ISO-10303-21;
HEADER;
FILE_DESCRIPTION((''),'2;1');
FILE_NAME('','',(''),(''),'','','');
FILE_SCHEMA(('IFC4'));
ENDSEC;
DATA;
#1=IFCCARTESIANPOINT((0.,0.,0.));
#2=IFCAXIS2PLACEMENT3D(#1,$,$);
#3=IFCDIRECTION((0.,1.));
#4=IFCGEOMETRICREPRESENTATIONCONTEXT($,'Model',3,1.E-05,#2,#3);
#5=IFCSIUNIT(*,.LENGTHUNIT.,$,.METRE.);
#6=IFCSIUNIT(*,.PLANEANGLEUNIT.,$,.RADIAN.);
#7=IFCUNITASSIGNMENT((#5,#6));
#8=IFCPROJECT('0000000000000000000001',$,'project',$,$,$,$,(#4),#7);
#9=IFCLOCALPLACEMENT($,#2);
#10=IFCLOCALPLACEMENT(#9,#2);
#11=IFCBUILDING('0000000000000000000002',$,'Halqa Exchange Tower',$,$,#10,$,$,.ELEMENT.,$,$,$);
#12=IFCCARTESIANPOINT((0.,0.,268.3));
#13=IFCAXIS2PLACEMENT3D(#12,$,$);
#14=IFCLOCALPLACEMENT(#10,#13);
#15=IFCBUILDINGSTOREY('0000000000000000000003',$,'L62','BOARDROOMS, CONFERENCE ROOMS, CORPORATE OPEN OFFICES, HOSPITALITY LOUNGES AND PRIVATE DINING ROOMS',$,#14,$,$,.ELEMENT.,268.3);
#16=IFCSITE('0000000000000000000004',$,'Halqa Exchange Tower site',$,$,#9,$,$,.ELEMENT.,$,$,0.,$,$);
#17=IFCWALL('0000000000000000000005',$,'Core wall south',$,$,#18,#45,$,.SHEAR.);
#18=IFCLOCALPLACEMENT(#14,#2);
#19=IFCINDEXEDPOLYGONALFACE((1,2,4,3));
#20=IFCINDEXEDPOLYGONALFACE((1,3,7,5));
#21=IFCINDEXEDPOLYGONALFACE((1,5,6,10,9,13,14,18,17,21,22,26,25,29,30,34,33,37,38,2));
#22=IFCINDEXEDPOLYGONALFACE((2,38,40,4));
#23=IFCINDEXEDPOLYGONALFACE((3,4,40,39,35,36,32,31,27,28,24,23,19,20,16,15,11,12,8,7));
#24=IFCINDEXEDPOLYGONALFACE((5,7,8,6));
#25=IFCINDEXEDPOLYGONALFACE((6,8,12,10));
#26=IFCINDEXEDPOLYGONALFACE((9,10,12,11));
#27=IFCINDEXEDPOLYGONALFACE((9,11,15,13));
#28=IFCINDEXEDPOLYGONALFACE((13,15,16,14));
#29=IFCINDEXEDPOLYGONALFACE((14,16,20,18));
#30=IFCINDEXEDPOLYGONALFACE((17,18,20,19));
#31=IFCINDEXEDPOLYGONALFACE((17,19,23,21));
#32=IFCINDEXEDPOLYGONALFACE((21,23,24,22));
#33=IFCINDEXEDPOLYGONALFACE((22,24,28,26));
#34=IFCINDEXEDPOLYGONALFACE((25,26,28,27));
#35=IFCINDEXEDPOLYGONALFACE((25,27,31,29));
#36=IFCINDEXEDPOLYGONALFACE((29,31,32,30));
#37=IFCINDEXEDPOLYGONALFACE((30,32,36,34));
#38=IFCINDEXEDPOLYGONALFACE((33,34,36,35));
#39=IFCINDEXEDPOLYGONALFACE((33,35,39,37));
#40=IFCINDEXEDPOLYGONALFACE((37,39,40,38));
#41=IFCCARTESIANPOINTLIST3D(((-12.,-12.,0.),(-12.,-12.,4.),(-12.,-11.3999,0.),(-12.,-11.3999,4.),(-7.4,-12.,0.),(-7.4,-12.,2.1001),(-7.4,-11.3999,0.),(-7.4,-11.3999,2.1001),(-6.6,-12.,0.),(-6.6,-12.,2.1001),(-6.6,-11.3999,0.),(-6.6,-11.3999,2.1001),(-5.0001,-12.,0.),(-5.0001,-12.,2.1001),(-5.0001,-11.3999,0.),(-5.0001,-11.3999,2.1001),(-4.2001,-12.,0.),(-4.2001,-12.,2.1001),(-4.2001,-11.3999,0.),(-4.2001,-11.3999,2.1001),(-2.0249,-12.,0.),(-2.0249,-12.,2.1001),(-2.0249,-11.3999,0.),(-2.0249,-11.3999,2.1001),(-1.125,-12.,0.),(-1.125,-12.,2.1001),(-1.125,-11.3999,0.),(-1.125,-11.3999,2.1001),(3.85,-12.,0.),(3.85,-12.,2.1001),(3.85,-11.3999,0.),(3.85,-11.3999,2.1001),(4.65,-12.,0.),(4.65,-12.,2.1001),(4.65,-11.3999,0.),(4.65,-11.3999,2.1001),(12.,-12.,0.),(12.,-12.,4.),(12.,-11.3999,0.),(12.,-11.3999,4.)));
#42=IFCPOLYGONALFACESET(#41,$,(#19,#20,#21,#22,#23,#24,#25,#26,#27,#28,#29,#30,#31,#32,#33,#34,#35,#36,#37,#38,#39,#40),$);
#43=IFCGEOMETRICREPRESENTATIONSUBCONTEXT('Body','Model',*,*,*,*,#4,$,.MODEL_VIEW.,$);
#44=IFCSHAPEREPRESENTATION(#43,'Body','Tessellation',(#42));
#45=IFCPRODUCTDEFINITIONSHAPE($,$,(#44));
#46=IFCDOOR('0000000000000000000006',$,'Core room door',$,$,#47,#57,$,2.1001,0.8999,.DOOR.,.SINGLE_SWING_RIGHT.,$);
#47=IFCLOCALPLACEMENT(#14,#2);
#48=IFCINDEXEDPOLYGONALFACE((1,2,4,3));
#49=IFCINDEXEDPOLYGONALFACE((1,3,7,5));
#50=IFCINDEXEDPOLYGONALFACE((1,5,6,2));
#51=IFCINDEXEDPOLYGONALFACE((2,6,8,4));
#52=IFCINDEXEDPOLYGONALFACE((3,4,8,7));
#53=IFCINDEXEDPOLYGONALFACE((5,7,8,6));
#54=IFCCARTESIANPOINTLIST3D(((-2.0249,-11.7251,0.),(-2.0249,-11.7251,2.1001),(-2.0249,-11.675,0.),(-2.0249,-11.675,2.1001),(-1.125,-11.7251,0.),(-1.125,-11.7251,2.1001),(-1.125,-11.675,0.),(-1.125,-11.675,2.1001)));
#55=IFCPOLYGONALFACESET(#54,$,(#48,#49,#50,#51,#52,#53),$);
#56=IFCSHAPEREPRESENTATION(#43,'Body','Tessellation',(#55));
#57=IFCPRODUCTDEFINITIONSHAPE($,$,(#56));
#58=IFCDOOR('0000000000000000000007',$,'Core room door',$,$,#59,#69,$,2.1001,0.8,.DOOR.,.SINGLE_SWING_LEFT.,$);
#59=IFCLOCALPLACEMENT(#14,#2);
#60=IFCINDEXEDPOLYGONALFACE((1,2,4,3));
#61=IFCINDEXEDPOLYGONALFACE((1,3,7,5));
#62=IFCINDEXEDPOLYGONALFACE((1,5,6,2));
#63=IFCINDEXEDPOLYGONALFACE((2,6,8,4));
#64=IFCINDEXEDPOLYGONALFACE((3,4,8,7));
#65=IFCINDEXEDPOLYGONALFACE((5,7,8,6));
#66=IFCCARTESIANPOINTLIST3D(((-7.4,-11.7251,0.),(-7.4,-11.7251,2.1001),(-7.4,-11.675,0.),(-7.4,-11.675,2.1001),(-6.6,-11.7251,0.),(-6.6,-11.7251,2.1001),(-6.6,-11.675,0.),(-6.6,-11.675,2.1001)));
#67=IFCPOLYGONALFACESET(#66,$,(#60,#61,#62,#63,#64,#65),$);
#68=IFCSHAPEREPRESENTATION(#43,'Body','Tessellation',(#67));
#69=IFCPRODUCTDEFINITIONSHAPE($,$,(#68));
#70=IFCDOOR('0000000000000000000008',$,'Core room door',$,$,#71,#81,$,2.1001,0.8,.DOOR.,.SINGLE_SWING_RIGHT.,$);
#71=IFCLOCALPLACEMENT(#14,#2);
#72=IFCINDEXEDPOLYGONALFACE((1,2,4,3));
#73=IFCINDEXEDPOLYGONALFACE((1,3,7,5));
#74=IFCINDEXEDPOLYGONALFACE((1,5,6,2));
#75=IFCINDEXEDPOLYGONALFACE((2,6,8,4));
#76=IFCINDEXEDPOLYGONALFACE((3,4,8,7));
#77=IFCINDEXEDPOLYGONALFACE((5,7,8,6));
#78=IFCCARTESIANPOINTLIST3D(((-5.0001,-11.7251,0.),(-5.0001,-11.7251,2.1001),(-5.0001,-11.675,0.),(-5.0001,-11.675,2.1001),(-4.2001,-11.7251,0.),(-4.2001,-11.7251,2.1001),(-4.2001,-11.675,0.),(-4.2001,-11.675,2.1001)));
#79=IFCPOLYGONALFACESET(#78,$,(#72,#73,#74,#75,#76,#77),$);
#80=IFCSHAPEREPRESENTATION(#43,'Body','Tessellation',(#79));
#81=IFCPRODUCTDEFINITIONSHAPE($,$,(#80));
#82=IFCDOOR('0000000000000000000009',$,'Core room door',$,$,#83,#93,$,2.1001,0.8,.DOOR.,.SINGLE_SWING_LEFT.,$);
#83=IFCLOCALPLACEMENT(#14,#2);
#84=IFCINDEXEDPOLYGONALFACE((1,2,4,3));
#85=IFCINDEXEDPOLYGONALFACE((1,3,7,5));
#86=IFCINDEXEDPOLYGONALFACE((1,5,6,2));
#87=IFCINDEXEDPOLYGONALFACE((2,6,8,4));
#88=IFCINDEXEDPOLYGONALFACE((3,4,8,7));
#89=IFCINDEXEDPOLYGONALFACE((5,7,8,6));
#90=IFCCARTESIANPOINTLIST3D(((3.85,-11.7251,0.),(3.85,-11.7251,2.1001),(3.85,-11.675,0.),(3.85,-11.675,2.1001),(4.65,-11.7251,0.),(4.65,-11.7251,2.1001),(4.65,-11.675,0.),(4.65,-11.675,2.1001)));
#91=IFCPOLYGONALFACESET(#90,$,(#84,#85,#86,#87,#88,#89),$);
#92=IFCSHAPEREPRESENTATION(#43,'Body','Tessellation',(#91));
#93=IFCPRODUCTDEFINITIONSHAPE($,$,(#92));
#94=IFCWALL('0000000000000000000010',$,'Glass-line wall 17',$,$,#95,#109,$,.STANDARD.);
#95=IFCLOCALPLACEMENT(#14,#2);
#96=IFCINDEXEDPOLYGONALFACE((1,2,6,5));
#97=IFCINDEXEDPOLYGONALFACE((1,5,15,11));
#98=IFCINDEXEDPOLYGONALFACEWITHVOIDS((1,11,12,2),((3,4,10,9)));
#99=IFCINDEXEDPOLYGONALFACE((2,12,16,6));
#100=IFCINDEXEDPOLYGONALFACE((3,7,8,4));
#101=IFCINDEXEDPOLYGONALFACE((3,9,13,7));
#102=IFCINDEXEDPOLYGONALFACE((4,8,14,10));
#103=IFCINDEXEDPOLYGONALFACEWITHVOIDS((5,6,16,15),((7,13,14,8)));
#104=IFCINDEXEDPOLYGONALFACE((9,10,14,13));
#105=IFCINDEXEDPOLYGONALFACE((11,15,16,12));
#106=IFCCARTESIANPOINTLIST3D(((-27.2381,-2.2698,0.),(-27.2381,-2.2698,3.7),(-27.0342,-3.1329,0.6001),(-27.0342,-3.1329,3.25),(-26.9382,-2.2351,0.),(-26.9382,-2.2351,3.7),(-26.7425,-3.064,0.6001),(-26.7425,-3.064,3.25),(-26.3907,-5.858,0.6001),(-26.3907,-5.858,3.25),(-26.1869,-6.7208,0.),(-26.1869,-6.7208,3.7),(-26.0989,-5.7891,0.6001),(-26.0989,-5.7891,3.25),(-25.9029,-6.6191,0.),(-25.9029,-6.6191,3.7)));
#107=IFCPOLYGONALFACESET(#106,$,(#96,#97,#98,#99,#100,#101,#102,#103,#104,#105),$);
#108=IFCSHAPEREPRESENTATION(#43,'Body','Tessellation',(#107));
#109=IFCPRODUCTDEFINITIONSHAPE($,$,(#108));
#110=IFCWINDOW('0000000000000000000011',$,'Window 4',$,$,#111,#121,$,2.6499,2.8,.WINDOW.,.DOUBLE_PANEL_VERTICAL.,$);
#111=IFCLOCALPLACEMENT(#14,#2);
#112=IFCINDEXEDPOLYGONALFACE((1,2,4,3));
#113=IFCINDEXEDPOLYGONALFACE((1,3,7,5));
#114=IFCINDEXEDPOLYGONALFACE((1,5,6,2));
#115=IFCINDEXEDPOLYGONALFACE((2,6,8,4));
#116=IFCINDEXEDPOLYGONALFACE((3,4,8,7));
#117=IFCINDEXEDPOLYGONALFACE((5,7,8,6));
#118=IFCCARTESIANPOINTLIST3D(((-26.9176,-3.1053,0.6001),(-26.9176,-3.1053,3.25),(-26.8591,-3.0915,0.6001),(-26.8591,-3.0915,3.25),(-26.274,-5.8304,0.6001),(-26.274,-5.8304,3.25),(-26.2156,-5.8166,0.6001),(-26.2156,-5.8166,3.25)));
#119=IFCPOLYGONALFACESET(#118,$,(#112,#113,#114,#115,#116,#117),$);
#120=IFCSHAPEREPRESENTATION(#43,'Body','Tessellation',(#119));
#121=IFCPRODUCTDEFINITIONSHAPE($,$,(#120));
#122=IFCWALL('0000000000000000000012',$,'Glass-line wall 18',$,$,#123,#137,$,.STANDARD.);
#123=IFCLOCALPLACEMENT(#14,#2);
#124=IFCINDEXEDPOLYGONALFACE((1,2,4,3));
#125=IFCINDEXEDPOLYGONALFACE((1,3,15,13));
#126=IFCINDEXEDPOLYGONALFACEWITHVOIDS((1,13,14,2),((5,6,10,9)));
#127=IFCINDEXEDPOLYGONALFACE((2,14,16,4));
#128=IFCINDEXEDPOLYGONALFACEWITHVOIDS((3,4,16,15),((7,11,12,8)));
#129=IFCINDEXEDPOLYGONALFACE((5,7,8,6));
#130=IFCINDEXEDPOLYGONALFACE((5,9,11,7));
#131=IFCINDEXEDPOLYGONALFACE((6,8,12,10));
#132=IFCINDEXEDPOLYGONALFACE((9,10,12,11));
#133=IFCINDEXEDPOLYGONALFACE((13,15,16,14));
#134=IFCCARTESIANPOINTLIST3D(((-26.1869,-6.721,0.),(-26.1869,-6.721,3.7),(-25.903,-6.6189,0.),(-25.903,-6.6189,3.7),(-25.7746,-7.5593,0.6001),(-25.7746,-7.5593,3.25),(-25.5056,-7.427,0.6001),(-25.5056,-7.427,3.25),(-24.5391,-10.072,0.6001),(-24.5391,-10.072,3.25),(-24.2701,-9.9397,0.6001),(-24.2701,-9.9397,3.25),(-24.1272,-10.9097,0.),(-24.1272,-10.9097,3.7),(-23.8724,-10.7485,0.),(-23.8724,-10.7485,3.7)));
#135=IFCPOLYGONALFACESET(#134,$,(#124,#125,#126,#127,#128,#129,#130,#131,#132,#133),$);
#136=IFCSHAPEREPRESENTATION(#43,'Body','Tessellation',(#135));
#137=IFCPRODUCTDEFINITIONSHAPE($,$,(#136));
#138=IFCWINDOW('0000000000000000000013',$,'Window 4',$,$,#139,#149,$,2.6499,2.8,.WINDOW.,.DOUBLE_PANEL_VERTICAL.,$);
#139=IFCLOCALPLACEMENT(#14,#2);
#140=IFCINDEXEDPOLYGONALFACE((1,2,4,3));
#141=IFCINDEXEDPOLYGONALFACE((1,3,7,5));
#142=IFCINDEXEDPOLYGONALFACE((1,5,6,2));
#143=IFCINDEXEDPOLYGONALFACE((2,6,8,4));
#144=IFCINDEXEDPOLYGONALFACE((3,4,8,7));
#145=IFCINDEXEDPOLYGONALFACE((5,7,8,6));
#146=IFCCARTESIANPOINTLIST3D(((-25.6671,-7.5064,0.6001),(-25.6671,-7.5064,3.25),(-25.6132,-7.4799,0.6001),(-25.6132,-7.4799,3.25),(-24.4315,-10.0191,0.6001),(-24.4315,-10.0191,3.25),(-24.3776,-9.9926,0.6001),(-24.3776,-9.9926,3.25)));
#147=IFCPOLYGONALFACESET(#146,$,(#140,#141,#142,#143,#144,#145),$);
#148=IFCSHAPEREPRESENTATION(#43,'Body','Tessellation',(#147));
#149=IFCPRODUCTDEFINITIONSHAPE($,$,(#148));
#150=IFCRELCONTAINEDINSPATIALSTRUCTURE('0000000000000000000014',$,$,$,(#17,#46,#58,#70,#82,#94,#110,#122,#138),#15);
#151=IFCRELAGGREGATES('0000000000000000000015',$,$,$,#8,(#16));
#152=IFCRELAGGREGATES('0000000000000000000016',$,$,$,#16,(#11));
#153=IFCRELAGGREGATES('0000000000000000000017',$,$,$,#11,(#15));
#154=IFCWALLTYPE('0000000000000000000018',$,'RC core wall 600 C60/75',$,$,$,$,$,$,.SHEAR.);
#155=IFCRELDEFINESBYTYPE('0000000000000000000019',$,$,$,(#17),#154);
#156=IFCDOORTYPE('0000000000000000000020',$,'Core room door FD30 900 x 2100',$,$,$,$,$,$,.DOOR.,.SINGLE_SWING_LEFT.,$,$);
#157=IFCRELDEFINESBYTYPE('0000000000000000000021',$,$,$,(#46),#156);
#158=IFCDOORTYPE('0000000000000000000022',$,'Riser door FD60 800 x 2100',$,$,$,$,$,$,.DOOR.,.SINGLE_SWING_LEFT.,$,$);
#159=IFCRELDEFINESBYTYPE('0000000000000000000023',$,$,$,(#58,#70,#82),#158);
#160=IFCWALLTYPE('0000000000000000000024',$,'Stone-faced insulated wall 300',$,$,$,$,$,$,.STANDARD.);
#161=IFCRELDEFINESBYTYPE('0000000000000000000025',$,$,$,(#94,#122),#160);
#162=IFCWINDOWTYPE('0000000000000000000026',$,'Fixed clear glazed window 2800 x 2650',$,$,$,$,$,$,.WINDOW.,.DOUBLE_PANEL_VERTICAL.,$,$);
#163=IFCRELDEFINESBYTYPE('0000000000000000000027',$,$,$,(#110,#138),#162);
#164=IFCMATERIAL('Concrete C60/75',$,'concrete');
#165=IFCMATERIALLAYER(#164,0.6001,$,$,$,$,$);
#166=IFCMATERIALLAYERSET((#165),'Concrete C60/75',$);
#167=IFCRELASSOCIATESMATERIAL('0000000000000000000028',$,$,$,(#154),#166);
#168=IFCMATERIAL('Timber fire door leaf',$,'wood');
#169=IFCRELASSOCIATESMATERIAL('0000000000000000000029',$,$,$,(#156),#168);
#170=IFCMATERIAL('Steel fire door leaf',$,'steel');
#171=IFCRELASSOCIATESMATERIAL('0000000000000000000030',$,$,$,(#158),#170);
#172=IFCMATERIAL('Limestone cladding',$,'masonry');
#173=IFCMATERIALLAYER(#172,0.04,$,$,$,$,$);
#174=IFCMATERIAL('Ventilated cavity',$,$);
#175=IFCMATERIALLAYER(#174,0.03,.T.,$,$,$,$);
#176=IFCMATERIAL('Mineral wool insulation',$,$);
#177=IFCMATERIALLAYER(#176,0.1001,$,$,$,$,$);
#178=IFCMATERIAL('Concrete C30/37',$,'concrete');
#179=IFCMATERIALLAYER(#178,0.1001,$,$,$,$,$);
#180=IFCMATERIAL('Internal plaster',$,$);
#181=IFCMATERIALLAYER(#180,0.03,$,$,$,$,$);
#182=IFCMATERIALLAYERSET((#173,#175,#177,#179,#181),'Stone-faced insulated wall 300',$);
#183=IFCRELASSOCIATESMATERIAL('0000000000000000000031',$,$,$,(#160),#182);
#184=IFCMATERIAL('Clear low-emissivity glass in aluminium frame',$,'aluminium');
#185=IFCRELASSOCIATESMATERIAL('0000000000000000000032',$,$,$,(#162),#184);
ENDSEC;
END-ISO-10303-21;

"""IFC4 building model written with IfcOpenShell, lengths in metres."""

from ifc_helpers import new_model, si_unit, direction, frame, frame_2d, origin, place, context, subcontext, project, spatial, polyline, rectangle, outline, extrude, material, layer, layer_set, type_object, element, fill, save


model = new_model("IFC4")

# Units and contexts
model_context = context("Model", 3, precision=1e-05, world=origin(), true_north=direction((0.0, 1.0)))
body_context = subcontext(model_context, "Body", "Model", "MODEL_VIEW")
ifc_project = project(units=[si_unit("LENGTHUNIT", "METRE"), si_unit("PLANEANGLEUNIT", "RADIAN")], contexts=[model_context])

# Site, building, storey
site_placement = place(None, origin())
site = spatial("IfcSite", under=ifc_project, at=site_placement, Name="Halqa Exchange Tower site", CompositionType="ELEMENT", RefElevation=0.0)
building_placement = place(site_placement, origin())
building = spatial("IfcBuilding", under=site, at=building_placement, Name="Halqa Exchange Tower", CompositionType="ELEMENT")
storey_placement = place(building_placement, frame((0.0, 0.0, 268.3)))
storey = spatial("IfcBuildingStorey", under=building, at=storey_placement, Name="L62", Description="BOARDROOMS, CONFERENCE ROOMS, CORPORATE OPEN OFFICES, HOSPITALITY LOUNGES AND PRIVATE DINING ROOMS", CompositionType="ELEMENT", Elevation=268.3)

# Shared definitions
ifc_material_1 = material(Name="Concrete C60/75", Category="concrete")

# Wall, openings, doors
ifc_layer_1 = layer(ifc_material_1, 0.6001)
ifc_layer_set_1 = layer_set([ifc_layer_1], Name="Concrete C60/75")
wall_type_1 = type_object("IfcWallType", Name="RC core wall 600 C60/75", PredefinedType="SHEAR", material=ifc_layer_set_1)
wall_1_placement = place(storey_placement, frame((-12.0, -11.7, 0.0), z_axis=(0.0, 0.0, 1.0), x_axis=(1.0, 0.0, 0.0)))
wall_1 = element("IfcWall", 1, at=wall_1_placement, inside=storey, type_object=wall_type_1, Name="Core wall south", PredefinedType="SHEAR", context=body_context, shape_type="SweptSolid", body=[
    extrude(rectangle(XDim=24.0, YDim=0.6001, at=frame_2d((12.0, 0.0))), origin(), (0.0, 0.0, 1.0), 4.0),
])
opening_1_placement = place(wall_1_placement, frame((9.9751, 0.0, 0.0)))
opening_1 = element("IfcOpeningElement", 2, at=opening_1_placement, cuts=wall_1, PredefinedType="OPENING", context=body_context, shape_type="SweptSolid", body=[
    extrude(rectangle(XDim=0.8999, YDim=2.1001, at=frame_2d((0.45, 1.05))), frame((0.0, 0.312, 0.0), z_axis=(0.0, -1.0, 0.0), x_axis=(1.0, 0.0, 0.0)), (0.0, 0.0, 1.0), 0.624),
])
opening_2_placement = place(wall_1_placement, frame((4.6001, 0.0, 0.0)))
opening_2 = element("IfcOpeningElement", 3, at=opening_2_placement, cuts=wall_1, PredefinedType="OPENING", context=body_context, shape_type="SweptSolid", body=[
    extrude(rectangle(XDim=0.8, YDim=2.1001, at=frame_2d((0.3999, 1.05))), frame((0.0, 0.312, 0.0), z_axis=(0.0, -1.0, 0.0), x_axis=(1.0, 0.0, 0.0)), (0.0, 0.0, 1.0), 0.624),
])
opening_3_placement = place(wall_1_placement, frame((7.0, 0.0, 0.0)))
opening_3 = element("IfcOpeningElement", 4, at=opening_3_placement, cuts=wall_1, PredefinedType="OPENING", context=body_context, shape_type="SweptSolid", body=[
    extrude(rectangle(XDim=0.8, YDim=2.1001, at=frame_2d((0.3999, 1.05))), frame((0.0, 0.312, 0.0), z_axis=(0.0, -1.0, 0.0), x_axis=(1.0, 0.0, 0.0)), (0.0, 0.0, 1.0), 0.624),
])
opening_4_placement = place(wall_1_placement, frame((15.8501, 0.0, 0.0)))
opening_4 = element("IfcOpeningElement", 5, at=opening_4_placement, cuts=wall_1, PredefinedType="OPENING", context=body_context, shape_type="SweptSolid", body=[
    extrude(rectangle(XDim=0.8, YDim=2.1001, at=frame_2d((0.3999, 1.05))), frame((0.0, 0.312, 0.0), z_axis=(0.0, -1.0, 0.0), x_axis=(1.0, 0.0, 0.0)), (0.0, 0.0, 1.0), 0.624),
])
ifc_material_2 = material(Name="Timber fire door leaf", Category="wood")
door_type_1 = type_object("IfcDoorType", Name="Core room door FD30 900 x 2100", OperationType="SINGLE_SWING_LEFT", PredefinedType="DOOR", material=ifc_material_2)
door_1_placement = place(opening_1_placement, origin())
door_1 = element("IfcDoor", 6, at=door_1_placement, inside=storey, type_object=door_type_1, Name="Core room door", OperationType="SINGLE_SWING_RIGHT", OverallHeight=2.1001, OverallWidth=0.8999, PredefinedType="DOOR", context=body_context, shape_type="SweptSolid", body=[
    extrude(rectangle(XDim=0.8999, YDim=2.1001, at=frame_2d((0.45, 1.05))), frame((0.0, 0.0249, 0.0), z_axis=(0.0, -1.0, 0.0), x_axis=(1.0, 0.0, 0.0)), (0.0, 0.0, 1.0), 0.05),
])
fill(opening_1, door_1)
ifc_material_3 = material(Name="Steel fire door leaf", Category="steel")
door_type_2 = type_object("IfcDoorType", Name="Riser door FD60 800 x 2100", OperationType="SINGLE_SWING_LEFT", PredefinedType="DOOR", material=ifc_material_3)
door_2_placement = place(opening_2_placement, origin())
door_2 = element("IfcDoor", 7, at=door_2_placement, inside=storey, type_object=door_type_2, Name="Core room door", OperationType="SINGLE_SWING_LEFT", OverallHeight=2.1001, OverallWidth=0.8, PredefinedType="DOOR", context=body_context, shape_type="SweptSolid", body=[
    extrude(rectangle(XDim=0.8, YDim=2.1001, at=frame_2d((0.3999, 1.05))), frame((0.0, 0.0249, 0.0), z_axis=(0.0, -1.0, 0.0), x_axis=(1.0, 0.0, 0.0)), (0.0, 0.0, 1.0), 0.05),
])
fill(opening_2, door_2)
door_3_placement = place(opening_3_placement, origin())
door_3 = element("IfcDoor", 8, at=door_3_placement, inside=storey, type_object=door_type_2, Name="Core room door", OperationType="SINGLE_SWING_RIGHT", OverallHeight=2.1001, OverallWidth=0.8, PredefinedType="DOOR", context=body_context, shape_type="SweptSolid", body=[
    extrude(rectangle(XDim=0.8, YDim=2.1001, at=frame_2d((0.3999, 1.05))), frame((0.0, 0.0249, 0.0), z_axis=(0.0, -1.0, 0.0), x_axis=(1.0, 0.0, 0.0)), (0.0, 0.0, 1.0), 0.05),
])
fill(opening_3, door_3)
door_4_placement = place(opening_4_placement, origin())
door_4 = element("IfcDoor", 9, at=door_4_placement, inside=storey, type_object=door_type_2, Name="Core room door", OperationType="SINGLE_SWING_LEFT", OverallHeight=2.1001, OverallWidth=0.8, PredefinedType="DOOR", context=body_context, shape_type="SweptSolid", body=[
    extrude(rectangle(XDim=0.8, YDim=2.1001, at=frame_2d((0.3999, 1.05))), frame((0.0, 0.0249, 0.0), z_axis=(0.0, -1.0, 0.0), x_axis=(1.0, 0.0, 0.0)), (0.0, 0.0, 1.0), 0.05),
])
fill(opening_4, door_4)

# Walls, openings, windows
ifc_material_4 = material(Name="Limestone cladding", Category="masonry")
ifc_layer_2 = layer(ifc_material_4, 0.04)
ifc_material_5 = material(Name="Ventilated cavity")
ifc_layer_3 = layer(ifc_material_5, 0.03, ventilated=True)
ifc_material_6 = material(Name="Mineral wool insulation")
ifc_layer_4 = layer(ifc_material_6, 0.1001)
ifc_material_7 = material(Name="Concrete C30/37", Category="concrete")
ifc_layer_5 = layer(ifc_material_7, 0.1001)
ifc_material_8 = material(Name="Internal plaster")
ifc_layer_6 = layer(ifc_material_8, 0.03)
ifc_layer_set_2 = layer_set([ifc_layer_2, ifc_layer_3, ifc_layer_4, ifc_layer_5, ifc_layer_6], Name="Stone-faced insulated wall 300")
wall_type_2 = type_object("IfcWallType", Name="Stone-faced insulated wall 300", PredefinedType="STANDARD", material=ifc_layer_set_2)
wall_2_placement = place(storey_placement, frame((-27.0881, -2.2524, 0.0), z_axis=(0.0, 0.0, 1.0), x_axis=(0.229834, -0.97323, 0.0)))
wall_2 = element("IfcWall", 10, at=wall_2_placement, inside=storey, type_object=wall_type_2, Name="Glass-line wall 17", PredefinedType="STANDARD", context=body_context, shape_type="SweptSolid", body=[
    extrude(outline(polyline([(-0.0176, -0.1499), (4.5559, -0.1499), (4.5222, 0.1499), (0.0176, 0.1499), (-0.0176, -0.1499)])), origin(), (0.0, 0.0, 1.0), 3.7),
])
opening_5_placement = place(wall_2_placement, frame((0.8694, 0.0, 0.6001)))
opening_5 = element("IfcOpeningElement", 11, at=opening_5_placement, cuts=wall_2, PredefinedType="OPENING", context=body_context, shape_type="SweptSolid", body=[
    extrude(rectangle(XDim=2.8, YDim=2.6499, at=frame_2d((1.3999, 1.325))), frame((0.0, 0.1621, 0.0), z_axis=(0.0, -1.0, 0.0), x_axis=(1.0, 0.0, 0.0)), (0.0, 0.0, 1.0), 0.324),
])
ifc_material_9 = material(Name="Clear low-emissivity glass in aluminium frame", Category="aluminium")
window_type = type_object("IfcWindowType", Name="Fixed clear glazed window 2800 x 2650", PartitioningType="DOUBLE_PANEL_VERTICAL", PredefinedType="WINDOW", material=ifc_material_9)
window_1_placement = place(opening_5_placement, origin())
window_1 = element("IfcWindow", 12, at=window_1_placement, inside=storey, type_object=window_type, Name="Window 4", OverallHeight=2.6499, OverallWidth=2.8, PartitioningType="DOUBLE_PANEL_VERTICAL", PredefinedType="WINDOW", context=body_context, shape_type="SweptSolid", body=[
    extrude(rectangle(XDim=2.8, YDim=2.6499, at=frame_2d((1.3999, 1.325))), frame((0.0, 0.03, 0.0), z_axis=(0.0, -1.0, 0.0), x_axis=(1.0, 0.0, 0.0)), (0.0, 0.0, 1.0), 0.0601),
])
fill(opening_5, window_1)
wall_3_placement = place(storey_placement, frame((-26.0449, -6.6699, 0.0), z_axis=(0.0, 0.0, 1.0), x_axis=(0.441262, -0.897378, 0.0)))
wall_3 = element("IfcWall", 13, at=wall_3_placement, inside=storey, type_object=wall_type_2, Name="Glass-line wall 18", PredefinedType="STANDARD", context=body_context, shape_type="SweptSolid", body=[
    extrude(outline(polyline([(-0.0168, -0.1499), (4.6509, -0.1499), (4.6187, 0.1499), (0.0168, 0.1499), (-0.0168, -0.1499)])), origin(), (0.0, 0.0, 1.0), 3.7),
])
opening_6_placement = place(wall_3_placement, frame((0.9175, 0.0, 0.6001)))
opening_6 = element("IfcOpeningElement", 14, at=opening_6_placement, cuts=wall_3, PredefinedType="OPENING", context=body_context, shape_type="SweptSolid", body=[
    extrude(rectangle(XDim=2.8, YDim=2.6499, at=frame_2d((1.3999, 1.325))), frame((0.0, 0.1621, 0.0), z_axis=(0.0, -1.0, 0.0), x_axis=(1.0, 0.0, 0.0)), (0.0, 0.0, 1.0), 0.324),
])
window_2_placement = place(opening_6_placement, origin())
window_2 = element("IfcWindow", 15, at=window_2_placement, inside=storey, type_object=window_type, Name="Window 4", OverallHeight=2.6499, OverallWidth=2.8, PartitioningType="DOUBLE_PANEL_VERTICAL", PredefinedType="WINDOW", context=body_context, shape_type="SweptSolid", body=[
    extrude(rectangle(XDim=2.8, YDim=2.6499, at=frame_2d((1.3999, 1.325))), frame((0.0, 0.03, 0.0), z_axis=(0.0, -1.0, 0.0), x_axis=(1.0, 0.0, 0.0)), (0.0, 0.0, 1.0), 0.0601),
])
fill(opening_6, window_2)

save(model, "model.ifc")
